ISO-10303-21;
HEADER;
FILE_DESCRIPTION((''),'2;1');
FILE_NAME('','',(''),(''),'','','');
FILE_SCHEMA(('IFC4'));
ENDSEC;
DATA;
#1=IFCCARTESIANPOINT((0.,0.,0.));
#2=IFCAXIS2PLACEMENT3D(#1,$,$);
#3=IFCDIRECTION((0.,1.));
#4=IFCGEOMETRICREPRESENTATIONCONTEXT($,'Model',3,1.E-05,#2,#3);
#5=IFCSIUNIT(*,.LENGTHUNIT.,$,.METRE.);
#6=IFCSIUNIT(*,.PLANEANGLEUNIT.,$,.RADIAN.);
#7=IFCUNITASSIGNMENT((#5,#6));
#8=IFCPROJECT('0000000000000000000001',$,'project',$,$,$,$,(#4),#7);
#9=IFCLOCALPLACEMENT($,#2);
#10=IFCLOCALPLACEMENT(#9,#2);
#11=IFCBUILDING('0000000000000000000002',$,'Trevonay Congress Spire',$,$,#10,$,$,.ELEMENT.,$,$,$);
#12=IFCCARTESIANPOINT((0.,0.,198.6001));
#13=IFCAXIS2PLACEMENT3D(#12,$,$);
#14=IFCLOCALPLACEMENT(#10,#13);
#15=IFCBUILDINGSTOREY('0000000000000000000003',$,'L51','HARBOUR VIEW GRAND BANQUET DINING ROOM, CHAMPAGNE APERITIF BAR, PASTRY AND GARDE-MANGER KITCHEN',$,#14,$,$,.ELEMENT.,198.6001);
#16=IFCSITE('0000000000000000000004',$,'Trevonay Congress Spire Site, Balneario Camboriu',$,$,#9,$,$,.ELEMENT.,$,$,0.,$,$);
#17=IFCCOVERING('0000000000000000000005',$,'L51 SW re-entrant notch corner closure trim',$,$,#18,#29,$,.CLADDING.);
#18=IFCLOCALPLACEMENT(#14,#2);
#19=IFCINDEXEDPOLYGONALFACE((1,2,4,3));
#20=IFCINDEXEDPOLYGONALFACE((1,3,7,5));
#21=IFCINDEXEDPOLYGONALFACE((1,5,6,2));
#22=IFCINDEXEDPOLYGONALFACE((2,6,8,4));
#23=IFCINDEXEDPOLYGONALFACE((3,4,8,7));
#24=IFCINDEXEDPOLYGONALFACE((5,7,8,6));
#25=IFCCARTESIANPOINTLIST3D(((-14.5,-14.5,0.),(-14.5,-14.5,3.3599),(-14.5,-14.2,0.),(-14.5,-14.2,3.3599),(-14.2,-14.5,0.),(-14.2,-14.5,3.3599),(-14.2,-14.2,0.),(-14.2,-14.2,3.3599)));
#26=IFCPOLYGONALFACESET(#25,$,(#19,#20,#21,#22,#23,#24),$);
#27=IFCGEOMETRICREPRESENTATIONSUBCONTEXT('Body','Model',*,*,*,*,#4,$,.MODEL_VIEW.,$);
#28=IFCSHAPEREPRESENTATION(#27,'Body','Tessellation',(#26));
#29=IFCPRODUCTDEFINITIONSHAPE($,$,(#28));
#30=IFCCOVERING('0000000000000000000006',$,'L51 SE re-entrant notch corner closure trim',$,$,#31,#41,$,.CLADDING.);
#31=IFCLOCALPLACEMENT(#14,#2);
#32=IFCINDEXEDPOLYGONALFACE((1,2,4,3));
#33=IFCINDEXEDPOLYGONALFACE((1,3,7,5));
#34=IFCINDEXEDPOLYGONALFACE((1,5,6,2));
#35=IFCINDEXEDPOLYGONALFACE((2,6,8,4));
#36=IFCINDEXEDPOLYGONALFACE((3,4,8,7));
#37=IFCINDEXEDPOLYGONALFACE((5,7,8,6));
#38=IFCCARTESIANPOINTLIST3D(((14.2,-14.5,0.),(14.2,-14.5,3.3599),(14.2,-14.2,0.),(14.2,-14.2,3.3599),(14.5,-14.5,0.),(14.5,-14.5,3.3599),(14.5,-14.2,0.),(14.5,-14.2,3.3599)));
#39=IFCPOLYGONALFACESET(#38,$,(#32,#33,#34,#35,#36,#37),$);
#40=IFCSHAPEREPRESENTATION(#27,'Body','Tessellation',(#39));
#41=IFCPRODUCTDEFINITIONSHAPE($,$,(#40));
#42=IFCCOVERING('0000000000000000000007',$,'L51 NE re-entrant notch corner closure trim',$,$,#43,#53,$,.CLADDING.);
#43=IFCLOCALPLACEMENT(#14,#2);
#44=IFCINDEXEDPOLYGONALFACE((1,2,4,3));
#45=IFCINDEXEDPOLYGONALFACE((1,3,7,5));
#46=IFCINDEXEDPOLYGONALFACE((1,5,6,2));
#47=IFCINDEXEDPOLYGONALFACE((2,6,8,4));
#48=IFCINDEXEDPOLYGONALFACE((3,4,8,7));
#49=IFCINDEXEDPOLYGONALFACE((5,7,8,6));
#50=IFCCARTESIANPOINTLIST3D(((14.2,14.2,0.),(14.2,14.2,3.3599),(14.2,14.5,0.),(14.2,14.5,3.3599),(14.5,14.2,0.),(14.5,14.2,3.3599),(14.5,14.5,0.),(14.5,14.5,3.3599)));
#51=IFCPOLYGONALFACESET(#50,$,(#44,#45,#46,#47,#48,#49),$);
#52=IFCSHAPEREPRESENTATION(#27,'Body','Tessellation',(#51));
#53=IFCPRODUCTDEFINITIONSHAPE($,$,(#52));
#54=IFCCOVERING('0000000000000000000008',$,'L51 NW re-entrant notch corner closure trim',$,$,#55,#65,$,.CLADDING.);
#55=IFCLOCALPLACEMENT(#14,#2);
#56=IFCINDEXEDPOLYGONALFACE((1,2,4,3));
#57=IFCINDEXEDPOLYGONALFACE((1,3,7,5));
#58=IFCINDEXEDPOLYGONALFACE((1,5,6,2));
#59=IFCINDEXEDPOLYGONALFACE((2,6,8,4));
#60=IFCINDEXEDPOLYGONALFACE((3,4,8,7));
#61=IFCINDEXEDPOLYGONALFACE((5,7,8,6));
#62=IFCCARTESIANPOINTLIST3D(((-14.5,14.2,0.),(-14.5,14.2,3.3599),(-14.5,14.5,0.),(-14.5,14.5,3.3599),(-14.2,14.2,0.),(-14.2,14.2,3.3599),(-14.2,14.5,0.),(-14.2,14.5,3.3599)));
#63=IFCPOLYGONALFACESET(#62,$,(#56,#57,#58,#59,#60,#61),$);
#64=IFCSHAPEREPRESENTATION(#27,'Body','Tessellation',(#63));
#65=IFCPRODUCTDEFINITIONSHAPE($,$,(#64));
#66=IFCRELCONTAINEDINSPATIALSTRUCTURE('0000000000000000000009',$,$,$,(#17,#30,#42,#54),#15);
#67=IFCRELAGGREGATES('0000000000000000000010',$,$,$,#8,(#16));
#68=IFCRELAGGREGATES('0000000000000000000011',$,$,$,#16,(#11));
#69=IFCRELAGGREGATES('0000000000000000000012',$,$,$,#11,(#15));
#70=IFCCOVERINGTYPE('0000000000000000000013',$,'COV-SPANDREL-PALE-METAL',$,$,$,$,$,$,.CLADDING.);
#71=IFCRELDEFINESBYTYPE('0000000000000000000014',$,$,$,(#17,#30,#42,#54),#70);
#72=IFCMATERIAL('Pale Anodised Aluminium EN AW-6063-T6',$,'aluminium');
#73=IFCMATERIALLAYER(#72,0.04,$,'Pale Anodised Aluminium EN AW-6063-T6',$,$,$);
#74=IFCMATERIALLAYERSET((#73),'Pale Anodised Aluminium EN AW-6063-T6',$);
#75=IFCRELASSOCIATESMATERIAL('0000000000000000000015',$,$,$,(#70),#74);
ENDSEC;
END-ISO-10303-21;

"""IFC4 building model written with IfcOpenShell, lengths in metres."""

from ifc_helpers import new_model, si_unit, direction, frame, origin, place, context, subcontext, project, spatial, polyline, outline, extrude, material, layer, layer_set, type_object, element, save


model = new_model("IFC4")

# Units and contexts
model_context = context("Model", 3, precision=1e-05, world=origin(), true_north=direction((0.0, 1.0)))
body_context = subcontext(model_context, "Body", "Model", "MODEL_VIEW")
ifc_project = project(units=[si_unit("LENGTHUNIT", "METRE"), si_unit("PLANEANGLEUNIT", "RADIAN")], contexts=[model_context])

# Site, building, storey
site_placement = place(None, origin())
site = spatial("IfcSite", under=ifc_project, at=site_placement, Name="Trevonay Congress Spire Site, Balneario Camboriu", CompositionType="ELEMENT", RefElevation=0.0)
building_placement = place(site_placement, origin())
building = spatial("IfcBuilding", under=site, at=building_placement, Name="Trevonay Congress Spire", CompositionType="ELEMENT")
storey_placement = place(building_placement, frame((0.0, 0.0, 198.6001)))
storey = spatial("IfcBuildingStorey", under=building, at=storey_placement, Name="L51", Description="HARBOUR VIEW GRAND BANQUET DINING ROOM, CHAMPAGNE APERITIF BAR, PASTRY AND GARDE-MANGER KITCHEN", CompositionType="ELEMENT", Elevation=198.6001)

# Coverings
ifc_material_1 = material(Name="Pale Anodised Aluminium EN AW-6063-T6", Category="aluminium")
ifc_layer_1 = layer(ifc_material_1, 0.04, Name="Pale Anodised Aluminium EN AW-6063-T6")
ifc_layer_set_1 = layer_set([ifc_layer_1], Name="Pale Anodised Aluminium EN AW-6063-T6")
covering_type_1 = type_object("IfcCoveringType", Name="COV-SPANDREL-PALE-METAL", PredefinedType="CLADDING", material=ifc_layer_set_1)
covering_1_placement = place(storey_placement, origin())
element("IfcCovering", 1, at=covering_1_placement, inside=storey, type_object=covering_type_1, Name="L51 SW re-entrant notch corner closure trim", PredefinedType="CLADDING", context=body_context, shape_type="SweptSolid", body=[
    extrude(outline(polyline([(-14.5, -14.5), (-14.2, -14.5), (-14.2, -14.2), (-14.5, -14.2), (-14.5, -14.5)])), origin(), (0.0, 0.0, 1.0), 3.3599),
])
covering_2_placement = place(storey_placement, origin())
element("IfcCovering", 2, at=covering_2_placement, inside=storey, type_object=covering_type_1, Name="L51 SE re-entrant notch corner closure trim", PredefinedType="CLADDING", context=body_context, shape_type="SweptSolid", body=[
    extrude(outline(polyline([(14.2, -14.5), (14.5, -14.5), (14.5, -14.2), (14.2, -14.2), (14.2, -14.5)])), origin(), (0.0, 0.0, 1.0), 3.3599),
])
covering_3_placement = place(storey_placement, origin())
element("IfcCovering", 3, at=covering_3_placement, inside=storey, type_object=covering_type_1, Name="L51 NE re-entrant notch corner closure trim", PredefinedType="CLADDING", context=body_context, shape_type="SweptSolid", body=[
    extrude(outline(polyline([(14.2, 14.2), (14.5, 14.2), (14.5, 14.5), (14.2, 14.5), (14.2, 14.2)])), origin(), (0.0, 0.0, 1.0), 3.3599),
])
covering_4_placement = place(storey_placement, origin())
element("IfcCovering", 4, at=covering_4_placement, inside=storey, type_object=covering_type_1, Name="L51 NW re-entrant notch corner closure trim", PredefinedType="CLADDING", context=body_context, shape_type="SweptSolid", body=[
    extrude(outline(polyline([(-14.5, 14.2), (-14.2, 14.2), (-14.2, 14.5), (-14.5, 14.5), (-14.5, 14.2)])), origin(), (0.0, 0.0, 1.0), 3.3599),
])

save(model, "model.ifc")
